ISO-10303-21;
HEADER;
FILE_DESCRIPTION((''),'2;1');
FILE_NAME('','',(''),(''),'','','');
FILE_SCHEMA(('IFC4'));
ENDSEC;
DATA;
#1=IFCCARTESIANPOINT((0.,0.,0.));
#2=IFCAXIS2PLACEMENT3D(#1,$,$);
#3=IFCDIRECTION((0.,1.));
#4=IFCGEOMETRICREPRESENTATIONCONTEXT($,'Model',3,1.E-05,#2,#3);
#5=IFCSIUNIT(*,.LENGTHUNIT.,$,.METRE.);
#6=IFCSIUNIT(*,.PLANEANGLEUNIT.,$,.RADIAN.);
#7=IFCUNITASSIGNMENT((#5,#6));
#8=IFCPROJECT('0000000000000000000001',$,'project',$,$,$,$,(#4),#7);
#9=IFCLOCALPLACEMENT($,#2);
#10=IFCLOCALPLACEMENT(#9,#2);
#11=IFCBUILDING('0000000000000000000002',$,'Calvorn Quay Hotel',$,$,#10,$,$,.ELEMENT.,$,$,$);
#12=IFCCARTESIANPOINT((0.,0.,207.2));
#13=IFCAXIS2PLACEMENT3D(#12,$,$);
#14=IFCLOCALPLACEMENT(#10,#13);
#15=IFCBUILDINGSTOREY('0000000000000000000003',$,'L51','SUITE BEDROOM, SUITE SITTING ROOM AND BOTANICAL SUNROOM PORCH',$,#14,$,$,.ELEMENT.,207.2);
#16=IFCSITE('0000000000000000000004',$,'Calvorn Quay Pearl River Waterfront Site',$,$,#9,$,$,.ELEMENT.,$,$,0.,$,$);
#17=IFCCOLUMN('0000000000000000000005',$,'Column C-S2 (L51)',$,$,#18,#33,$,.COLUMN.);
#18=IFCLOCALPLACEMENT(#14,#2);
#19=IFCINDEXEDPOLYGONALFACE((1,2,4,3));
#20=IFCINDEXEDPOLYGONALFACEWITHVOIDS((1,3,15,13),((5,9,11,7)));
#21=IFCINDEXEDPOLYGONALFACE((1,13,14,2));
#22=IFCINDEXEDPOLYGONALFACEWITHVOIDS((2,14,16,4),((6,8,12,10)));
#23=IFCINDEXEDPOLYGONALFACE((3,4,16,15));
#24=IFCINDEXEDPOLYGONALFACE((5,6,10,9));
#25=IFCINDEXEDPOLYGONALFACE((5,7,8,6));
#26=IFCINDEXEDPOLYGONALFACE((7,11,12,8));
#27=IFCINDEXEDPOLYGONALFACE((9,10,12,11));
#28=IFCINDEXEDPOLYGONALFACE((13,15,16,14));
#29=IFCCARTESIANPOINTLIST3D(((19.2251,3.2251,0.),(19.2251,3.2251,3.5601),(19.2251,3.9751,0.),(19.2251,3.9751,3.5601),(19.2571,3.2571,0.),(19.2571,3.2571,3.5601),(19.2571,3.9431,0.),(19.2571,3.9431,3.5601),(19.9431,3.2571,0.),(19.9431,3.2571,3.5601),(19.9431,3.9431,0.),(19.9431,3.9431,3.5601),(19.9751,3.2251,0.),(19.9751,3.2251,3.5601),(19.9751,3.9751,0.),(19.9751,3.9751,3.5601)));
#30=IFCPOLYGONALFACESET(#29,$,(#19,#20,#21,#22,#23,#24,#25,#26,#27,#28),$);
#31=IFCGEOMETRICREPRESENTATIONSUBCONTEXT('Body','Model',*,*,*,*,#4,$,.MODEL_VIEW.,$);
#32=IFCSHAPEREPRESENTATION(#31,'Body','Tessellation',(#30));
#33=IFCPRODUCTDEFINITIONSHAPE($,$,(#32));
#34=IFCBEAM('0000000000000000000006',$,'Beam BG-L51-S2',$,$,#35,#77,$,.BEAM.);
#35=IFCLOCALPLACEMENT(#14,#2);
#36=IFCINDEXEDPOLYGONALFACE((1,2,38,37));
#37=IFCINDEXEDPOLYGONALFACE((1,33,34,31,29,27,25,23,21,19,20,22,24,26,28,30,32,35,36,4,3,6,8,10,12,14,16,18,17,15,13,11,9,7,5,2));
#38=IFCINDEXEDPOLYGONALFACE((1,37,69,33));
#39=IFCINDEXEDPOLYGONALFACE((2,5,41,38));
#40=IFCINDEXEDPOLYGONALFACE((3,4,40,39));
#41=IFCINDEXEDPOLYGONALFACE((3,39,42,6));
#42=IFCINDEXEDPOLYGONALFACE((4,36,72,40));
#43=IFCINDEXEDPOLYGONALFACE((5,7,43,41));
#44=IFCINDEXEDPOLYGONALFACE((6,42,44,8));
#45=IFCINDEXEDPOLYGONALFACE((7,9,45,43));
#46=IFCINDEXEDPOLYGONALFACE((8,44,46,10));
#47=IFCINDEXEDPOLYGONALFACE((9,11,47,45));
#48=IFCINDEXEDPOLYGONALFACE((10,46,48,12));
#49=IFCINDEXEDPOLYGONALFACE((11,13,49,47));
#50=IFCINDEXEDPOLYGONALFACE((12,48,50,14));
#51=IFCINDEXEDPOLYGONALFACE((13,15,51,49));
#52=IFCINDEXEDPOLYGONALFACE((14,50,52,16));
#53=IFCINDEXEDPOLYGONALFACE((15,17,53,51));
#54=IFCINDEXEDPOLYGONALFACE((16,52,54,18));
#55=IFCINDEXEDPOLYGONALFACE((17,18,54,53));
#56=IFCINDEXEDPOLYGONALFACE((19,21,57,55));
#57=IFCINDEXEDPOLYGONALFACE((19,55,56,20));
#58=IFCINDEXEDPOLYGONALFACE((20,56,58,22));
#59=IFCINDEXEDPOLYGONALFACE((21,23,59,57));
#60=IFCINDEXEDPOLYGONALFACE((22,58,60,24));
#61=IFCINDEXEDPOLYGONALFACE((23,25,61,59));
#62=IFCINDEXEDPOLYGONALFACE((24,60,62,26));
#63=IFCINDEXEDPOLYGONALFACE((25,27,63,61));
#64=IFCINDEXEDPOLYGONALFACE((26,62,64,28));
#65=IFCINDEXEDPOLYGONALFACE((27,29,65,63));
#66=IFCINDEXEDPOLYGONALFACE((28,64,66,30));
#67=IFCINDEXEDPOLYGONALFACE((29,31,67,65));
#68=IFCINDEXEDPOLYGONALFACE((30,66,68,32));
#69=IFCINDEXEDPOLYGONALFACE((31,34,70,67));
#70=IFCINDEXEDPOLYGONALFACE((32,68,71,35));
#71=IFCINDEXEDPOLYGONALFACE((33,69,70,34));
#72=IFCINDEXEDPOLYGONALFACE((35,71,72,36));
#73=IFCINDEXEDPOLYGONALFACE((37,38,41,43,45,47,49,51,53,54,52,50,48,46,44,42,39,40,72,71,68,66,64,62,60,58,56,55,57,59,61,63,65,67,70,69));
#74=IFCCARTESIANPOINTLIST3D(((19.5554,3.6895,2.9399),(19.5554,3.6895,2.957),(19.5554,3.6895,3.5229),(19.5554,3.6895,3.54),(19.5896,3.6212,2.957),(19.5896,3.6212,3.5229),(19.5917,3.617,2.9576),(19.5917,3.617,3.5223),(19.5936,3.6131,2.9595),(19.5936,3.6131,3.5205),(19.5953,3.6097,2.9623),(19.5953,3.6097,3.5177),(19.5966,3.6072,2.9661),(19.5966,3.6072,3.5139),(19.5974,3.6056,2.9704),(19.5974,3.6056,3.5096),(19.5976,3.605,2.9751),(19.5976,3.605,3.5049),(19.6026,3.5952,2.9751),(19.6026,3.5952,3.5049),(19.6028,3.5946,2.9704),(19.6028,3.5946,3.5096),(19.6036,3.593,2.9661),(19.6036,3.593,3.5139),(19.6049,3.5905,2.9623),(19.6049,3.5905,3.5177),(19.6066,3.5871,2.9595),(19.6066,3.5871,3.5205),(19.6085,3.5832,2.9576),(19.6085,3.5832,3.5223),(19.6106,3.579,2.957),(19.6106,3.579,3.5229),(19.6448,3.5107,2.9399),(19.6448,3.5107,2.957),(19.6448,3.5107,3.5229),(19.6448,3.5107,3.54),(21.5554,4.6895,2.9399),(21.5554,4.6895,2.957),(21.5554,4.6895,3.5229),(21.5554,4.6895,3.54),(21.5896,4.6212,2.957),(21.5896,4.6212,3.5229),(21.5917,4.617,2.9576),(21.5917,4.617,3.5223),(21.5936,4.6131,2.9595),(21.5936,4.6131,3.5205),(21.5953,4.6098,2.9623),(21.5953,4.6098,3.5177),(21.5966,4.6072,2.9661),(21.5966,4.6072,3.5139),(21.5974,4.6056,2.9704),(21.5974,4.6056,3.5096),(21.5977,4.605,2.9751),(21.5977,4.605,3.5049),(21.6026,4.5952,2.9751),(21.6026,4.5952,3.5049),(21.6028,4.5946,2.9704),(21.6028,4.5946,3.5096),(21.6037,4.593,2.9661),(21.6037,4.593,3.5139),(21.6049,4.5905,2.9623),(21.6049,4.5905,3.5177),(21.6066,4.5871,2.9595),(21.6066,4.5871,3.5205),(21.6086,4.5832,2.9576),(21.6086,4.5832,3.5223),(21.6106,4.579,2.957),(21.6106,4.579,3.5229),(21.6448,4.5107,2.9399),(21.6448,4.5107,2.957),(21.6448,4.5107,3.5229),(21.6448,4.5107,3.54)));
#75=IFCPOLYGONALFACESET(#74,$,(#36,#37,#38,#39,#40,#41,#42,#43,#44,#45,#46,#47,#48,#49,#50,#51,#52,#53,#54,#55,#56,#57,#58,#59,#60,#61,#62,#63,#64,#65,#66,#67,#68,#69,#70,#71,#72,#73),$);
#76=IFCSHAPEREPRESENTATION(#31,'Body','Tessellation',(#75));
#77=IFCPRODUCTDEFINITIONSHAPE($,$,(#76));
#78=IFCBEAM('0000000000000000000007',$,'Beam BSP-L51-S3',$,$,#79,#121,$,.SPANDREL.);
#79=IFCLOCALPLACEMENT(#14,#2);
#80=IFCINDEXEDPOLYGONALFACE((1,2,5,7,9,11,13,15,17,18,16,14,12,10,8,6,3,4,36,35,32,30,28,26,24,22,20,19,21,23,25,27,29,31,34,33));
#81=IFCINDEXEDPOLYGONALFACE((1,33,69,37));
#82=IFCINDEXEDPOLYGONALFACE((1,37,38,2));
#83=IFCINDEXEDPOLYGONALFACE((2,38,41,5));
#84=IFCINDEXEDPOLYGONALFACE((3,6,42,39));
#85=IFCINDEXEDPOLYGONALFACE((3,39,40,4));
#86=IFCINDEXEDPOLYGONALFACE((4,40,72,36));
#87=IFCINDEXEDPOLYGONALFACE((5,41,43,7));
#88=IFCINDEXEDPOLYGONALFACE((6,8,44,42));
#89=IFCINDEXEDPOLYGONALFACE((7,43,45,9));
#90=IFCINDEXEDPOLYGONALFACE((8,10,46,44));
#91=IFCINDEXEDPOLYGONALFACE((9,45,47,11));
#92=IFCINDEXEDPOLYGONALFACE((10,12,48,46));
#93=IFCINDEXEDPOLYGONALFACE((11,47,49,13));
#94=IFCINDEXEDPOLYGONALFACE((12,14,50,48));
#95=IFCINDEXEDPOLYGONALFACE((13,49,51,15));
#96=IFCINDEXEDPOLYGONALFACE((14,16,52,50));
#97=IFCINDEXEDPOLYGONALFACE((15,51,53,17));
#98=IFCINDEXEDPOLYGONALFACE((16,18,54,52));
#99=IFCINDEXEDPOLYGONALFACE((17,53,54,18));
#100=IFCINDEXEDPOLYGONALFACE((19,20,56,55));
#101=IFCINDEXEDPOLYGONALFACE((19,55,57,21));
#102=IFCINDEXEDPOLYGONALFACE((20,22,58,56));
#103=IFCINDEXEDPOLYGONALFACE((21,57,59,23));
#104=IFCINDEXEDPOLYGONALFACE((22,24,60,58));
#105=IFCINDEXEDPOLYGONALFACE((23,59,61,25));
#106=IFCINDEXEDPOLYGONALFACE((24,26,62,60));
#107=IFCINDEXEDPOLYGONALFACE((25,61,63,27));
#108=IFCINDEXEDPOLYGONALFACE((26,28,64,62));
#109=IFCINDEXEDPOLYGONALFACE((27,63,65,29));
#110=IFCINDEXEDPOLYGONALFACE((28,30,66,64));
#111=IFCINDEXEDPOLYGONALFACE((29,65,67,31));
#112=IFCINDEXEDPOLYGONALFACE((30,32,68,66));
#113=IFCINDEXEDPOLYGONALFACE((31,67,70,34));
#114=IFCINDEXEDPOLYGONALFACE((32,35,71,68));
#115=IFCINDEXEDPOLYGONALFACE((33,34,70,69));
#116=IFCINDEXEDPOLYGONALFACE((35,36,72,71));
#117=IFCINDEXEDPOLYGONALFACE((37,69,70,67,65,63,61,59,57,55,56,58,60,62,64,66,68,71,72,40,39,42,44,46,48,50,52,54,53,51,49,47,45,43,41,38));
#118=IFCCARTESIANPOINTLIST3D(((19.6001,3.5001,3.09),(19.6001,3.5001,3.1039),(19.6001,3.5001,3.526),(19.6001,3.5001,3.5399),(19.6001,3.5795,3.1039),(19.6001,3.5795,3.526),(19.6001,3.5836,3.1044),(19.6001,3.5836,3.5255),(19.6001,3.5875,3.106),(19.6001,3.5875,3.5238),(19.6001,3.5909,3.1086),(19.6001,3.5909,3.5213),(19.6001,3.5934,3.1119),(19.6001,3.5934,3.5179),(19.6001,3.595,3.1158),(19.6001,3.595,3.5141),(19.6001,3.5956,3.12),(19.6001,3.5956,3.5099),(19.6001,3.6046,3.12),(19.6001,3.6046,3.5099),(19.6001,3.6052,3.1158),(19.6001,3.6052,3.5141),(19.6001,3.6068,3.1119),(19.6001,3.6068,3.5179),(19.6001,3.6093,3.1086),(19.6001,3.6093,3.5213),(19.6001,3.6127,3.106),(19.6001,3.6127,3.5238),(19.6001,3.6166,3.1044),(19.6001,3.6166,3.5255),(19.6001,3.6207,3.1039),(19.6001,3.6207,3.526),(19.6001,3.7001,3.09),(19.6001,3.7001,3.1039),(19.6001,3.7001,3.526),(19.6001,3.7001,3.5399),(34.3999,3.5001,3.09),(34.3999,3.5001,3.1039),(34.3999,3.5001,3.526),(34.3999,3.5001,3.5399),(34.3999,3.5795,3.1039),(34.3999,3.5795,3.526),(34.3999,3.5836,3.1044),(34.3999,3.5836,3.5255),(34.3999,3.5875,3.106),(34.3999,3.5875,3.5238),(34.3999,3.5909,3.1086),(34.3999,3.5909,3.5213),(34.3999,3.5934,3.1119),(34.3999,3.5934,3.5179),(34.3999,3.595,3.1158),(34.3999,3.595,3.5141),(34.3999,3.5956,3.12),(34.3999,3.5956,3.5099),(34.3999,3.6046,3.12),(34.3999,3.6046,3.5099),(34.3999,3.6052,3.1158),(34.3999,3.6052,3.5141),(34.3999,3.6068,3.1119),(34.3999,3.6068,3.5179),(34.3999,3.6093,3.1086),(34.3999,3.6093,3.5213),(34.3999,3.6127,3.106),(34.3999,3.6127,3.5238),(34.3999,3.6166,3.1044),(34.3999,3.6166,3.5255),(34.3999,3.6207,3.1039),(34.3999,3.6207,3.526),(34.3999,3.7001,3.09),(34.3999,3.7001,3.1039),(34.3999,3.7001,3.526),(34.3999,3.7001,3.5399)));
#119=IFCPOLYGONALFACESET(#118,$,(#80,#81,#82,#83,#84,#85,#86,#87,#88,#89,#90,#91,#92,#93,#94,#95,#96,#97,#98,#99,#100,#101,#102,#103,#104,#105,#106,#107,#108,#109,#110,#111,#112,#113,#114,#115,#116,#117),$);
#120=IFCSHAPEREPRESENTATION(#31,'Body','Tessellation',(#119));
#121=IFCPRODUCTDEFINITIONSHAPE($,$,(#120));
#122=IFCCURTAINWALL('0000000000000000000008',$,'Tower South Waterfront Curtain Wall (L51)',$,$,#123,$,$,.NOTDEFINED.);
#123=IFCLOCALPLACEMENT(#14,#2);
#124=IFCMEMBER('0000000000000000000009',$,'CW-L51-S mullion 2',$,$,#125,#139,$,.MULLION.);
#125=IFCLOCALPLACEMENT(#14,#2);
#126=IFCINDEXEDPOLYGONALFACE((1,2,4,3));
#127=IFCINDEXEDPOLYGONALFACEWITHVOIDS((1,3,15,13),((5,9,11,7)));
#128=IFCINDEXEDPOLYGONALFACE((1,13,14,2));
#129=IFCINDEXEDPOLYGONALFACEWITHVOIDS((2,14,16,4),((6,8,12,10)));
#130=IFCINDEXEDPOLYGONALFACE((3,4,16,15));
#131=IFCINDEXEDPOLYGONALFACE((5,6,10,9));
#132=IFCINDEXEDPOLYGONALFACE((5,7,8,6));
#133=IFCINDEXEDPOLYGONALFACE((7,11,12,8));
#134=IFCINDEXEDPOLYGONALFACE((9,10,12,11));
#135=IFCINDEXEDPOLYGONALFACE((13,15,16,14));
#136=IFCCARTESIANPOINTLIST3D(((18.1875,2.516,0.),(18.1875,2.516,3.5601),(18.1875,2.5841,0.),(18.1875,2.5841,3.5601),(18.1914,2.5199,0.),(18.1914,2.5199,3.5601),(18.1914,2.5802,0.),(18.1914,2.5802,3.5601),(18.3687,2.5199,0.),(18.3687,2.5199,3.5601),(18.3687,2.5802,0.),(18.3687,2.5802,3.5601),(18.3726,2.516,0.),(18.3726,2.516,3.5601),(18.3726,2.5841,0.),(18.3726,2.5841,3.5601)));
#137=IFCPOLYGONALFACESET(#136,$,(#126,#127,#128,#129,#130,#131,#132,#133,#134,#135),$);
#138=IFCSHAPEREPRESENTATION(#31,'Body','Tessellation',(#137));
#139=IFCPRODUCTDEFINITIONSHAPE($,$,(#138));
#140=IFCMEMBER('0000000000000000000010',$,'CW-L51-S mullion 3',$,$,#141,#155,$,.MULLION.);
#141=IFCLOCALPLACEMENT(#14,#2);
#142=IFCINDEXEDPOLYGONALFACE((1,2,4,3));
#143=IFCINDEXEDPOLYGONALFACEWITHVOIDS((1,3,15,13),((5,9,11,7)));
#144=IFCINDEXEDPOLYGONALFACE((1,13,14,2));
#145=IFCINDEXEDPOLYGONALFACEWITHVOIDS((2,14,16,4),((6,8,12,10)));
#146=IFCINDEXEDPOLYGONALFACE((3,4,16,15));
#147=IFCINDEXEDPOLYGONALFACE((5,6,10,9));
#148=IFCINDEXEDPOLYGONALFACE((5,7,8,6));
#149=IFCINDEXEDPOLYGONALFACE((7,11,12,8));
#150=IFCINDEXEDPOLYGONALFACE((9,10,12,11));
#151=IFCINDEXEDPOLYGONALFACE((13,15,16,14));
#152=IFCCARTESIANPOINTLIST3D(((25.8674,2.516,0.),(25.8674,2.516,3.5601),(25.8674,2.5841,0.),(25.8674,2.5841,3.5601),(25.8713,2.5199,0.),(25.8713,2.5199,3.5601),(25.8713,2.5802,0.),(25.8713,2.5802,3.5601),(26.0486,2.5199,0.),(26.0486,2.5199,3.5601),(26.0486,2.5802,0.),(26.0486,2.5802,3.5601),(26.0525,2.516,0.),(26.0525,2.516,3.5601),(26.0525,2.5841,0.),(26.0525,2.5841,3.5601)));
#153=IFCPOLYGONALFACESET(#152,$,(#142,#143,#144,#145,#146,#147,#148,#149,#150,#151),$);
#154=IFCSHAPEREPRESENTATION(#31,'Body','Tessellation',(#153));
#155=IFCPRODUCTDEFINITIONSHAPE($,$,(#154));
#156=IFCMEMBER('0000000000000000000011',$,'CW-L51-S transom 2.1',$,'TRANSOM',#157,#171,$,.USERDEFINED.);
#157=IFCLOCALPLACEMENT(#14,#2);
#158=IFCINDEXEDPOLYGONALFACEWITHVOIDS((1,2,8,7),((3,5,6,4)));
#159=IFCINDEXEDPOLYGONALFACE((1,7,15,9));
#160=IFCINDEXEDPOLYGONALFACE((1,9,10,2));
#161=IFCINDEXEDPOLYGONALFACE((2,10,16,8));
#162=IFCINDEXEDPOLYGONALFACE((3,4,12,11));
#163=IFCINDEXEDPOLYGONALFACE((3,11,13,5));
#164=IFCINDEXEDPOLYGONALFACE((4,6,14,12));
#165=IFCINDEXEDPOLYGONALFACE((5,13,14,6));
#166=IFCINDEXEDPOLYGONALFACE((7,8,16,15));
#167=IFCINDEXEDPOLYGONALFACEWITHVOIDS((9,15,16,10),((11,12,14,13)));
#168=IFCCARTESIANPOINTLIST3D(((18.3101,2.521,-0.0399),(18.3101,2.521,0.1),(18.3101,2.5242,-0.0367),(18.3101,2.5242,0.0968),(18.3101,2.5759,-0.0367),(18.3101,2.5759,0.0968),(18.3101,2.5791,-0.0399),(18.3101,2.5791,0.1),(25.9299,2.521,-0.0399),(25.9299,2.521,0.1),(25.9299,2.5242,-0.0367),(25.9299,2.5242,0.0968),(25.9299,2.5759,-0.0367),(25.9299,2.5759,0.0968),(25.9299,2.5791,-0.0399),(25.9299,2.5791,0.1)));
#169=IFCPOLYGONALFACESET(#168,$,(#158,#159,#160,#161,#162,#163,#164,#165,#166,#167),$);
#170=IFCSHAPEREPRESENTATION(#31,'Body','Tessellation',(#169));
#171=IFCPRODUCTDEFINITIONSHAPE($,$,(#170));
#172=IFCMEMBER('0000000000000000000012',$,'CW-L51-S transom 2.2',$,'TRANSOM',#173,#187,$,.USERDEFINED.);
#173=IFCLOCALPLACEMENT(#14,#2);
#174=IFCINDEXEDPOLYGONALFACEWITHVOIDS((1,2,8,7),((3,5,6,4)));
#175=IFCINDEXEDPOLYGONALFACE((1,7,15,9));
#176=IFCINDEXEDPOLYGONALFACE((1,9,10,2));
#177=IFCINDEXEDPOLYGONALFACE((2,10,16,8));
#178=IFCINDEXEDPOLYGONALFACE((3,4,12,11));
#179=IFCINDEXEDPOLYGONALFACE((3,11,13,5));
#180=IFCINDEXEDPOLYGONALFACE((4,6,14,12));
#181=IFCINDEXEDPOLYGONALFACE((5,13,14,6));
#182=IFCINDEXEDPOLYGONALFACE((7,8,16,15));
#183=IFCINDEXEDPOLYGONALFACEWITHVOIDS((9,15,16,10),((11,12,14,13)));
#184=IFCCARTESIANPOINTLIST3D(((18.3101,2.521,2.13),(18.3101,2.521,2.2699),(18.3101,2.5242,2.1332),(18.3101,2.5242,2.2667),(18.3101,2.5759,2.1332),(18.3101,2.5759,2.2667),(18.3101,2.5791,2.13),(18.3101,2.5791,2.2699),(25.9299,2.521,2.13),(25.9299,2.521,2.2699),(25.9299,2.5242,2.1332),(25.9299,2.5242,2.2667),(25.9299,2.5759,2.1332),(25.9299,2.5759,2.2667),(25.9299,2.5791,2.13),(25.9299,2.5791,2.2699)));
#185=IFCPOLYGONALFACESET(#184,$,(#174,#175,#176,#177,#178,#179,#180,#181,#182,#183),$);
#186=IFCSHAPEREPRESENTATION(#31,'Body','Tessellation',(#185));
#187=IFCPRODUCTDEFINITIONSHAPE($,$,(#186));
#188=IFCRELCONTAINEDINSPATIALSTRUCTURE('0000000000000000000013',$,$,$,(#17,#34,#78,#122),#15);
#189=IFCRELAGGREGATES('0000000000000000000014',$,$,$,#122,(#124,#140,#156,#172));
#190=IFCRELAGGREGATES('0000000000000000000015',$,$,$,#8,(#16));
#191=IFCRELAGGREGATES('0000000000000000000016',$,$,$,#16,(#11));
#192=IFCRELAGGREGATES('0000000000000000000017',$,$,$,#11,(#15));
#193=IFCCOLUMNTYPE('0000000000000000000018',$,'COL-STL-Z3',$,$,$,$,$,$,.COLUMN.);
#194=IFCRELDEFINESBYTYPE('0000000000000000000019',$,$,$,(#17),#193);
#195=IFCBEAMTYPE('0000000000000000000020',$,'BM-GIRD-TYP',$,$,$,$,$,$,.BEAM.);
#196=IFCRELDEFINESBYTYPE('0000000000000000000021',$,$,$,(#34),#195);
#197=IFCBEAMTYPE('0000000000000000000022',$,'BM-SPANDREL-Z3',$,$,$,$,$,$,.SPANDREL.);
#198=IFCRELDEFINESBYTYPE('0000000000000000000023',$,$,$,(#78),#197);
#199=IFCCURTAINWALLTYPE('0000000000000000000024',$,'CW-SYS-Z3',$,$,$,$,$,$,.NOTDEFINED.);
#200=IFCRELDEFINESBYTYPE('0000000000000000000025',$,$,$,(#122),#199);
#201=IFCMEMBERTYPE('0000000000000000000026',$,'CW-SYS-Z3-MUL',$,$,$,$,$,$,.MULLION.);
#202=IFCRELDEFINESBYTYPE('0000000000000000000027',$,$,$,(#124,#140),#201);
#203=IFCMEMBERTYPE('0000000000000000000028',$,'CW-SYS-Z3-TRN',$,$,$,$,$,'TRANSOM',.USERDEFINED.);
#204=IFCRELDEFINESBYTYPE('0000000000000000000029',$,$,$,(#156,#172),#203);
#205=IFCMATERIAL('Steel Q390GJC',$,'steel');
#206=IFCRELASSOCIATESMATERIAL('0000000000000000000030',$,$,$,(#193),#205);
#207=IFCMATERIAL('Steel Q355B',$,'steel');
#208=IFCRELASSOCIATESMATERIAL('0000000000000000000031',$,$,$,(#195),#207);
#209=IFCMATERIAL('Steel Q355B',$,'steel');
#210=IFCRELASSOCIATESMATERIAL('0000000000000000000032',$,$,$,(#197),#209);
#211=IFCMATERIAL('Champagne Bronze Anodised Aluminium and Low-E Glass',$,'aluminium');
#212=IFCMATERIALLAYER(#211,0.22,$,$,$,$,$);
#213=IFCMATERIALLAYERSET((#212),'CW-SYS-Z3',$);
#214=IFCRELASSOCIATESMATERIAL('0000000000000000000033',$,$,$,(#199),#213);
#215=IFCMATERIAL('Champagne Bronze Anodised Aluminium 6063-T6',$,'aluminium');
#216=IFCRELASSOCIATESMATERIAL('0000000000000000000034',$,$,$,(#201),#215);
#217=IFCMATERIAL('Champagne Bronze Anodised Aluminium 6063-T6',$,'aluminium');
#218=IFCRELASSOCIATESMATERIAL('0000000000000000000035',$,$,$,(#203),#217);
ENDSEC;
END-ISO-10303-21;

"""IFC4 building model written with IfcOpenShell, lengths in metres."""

from ifc_helpers import new_model, si_unit, direction, frame, origin, origin_2d, place, context, subcontext, project, spatial, hollow_rectangle, i_section, extrude, material, layer, layer_set, material_profile, profile_set, type_object, element, aggregate, save


model = new_model("IFC4")

# Units and contexts
model_context = context("Model", 3, precision=1e-05, world=origin(), true_north=direction((0.0, 1.0)))
body_context = subcontext(model_context, "Body", "Model", "MODEL_VIEW")
ifc_project = project(units=[si_unit("LENGTHUNIT", "METRE"), si_unit("PLANEANGLEUNIT", "RADIAN")], contexts=[model_context])

# Site, building, storey
site_placement = place(None, origin())
site = spatial("IfcSite", under=ifc_project, at=site_placement, Name="Calvorn Quay Pearl River Waterfront Site", CompositionType="ELEMENT", RefElevation=0.0)
building_placement = place(site_placement, origin())
building = spatial("IfcBuilding", under=site, at=building_placement, Name="Calvorn Quay Hotel", CompositionType="ELEMENT")
storey_placement = place(building_placement, frame((0.0, 0.0, 207.2)))
storey = spatial("IfcBuildingStorey", under=building, at=storey_placement, Name="L51", Description="SUITE BEDROOM, SUITE SITTING ROOM AND BOTANICAL SUNROOM PORCH", CompositionType="ELEMENT", Elevation=207.2)

# Column
ifc_material_1 = material(Name="Steel Q390GJC", Category="steel")
ifc_material_profile_1 = material_profile(ifc_material_1, hollow_rectangle(XDim=0.75, YDim=0.75, WallThickness=0.032, at=origin_2d()), Name="BOX750x750x32")
ifc_profile_set_1 = profile_set([ifc_material_profile_1], Name="Steel Q390GJC")
column_type = type_object("IfcColumnType", Name="COL-STL-Z3", PredefinedType="COLUMN", material=ifc_profile_set_1)
column_placement = place(storey_placement, frame((19.6001, 3.6001, 0.0), z_axis=(0.0, 0.0, 1.0), x_axis=(1.0, 0.0, 0.0)))
element("IfcColumn", 1, at=column_placement, inside=storey, type_object=column_type, Name="Column C-S2 (L51)", PredefinedType="COLUMN", context=body_context, shape_type="SweptSolid", body=[
    extrude(hollow_rectangle(XDim=0.75, YDim=0.75, WallThickness=0.032, at=origin_2d()), origin(), (0.0, 0.0, 1.0), 3.5601),
])

# Beams
ifc_material_2 = material(Name="Steel Q355B", Category="steel")
ifc_material_profile_2 = material_profile(ifc_material_2, i_section(OverallWidth=0.2, OverallDepth=0.6001, WebThickness=0.011, FlangeThickness=0.0171, FilletRadius=0.0181, at=origin_2d()), Name="HN600x200x11x17")
ifc_profile_set_2 = profile_set([ifc_material_profile_2], Name="Steel Q355B")
beam_type_1 = type_object("IfcBeamType", Name="BM-GIRD-TYP", PredefinedType="BEAM", material=ifc_profile_set_2)
beam_1_placement = place(storey_placement, frame((19.6001, 3.6001, 3.24), z_axis=(0.894427, 0.447214, 0.0), x_axis=(-0.447214, 0.894427, 0.0)))
element("IfcBeam", 2, at=beam_1_placement, inside=storey, type_object=beam_type_1, Name="Beam BG-L51-S2", PredefinedType="BEAM", context=body_context, shape_type="SweptSolid", body=[
    extrude(i_section(OverallWidth=0.2, OverallDepth=0.6001, WebThickness=0.011, FlangeThickness=0.0171, FilletRadius=0.0181, at=origin_2d()), origin(), (0.0, 0.0, 1.0), 2.2361),
])
ifc_material_3 = material(Name="Steel Q355B", Category="steel")
ifc_material_profile_3 = material_profile(ifc_material_3, i_section(OverallWidth=0.2, OverallDepth=0.45, WebThickness=0.009, FlangeThickness=0.0139, FilletRadius=0.0161, at=origin_2d()), Name="HN450x200x9x14")
ifc_profile_set_3 = profile_set([ifc_material_profile_3], Name="Steel Q355B")
beam_type_2 = type_object("IfcBeamType", Name="BM-SPANDREL-Z3", PredefinedType="SPANDREL", material=ifc_profile_set_3)
beam_2_placement = place(storey_placement, frame((19.6001, 3.6001, 3.3149), z_axis=(1.0, 0.0, 0.0), x_axis=(0.0, 1.0, 0.0)))
element("IfcBeam", 3, at=beam_2_placement, inside=storey, type_object=beam_type_2, Name="Beam BSP-L51-S3", PredefinedType="SPANDREL", context=body_context, shape_type="SweptSolid", body=[
    extrude(i_section(OverallWidth=0.2, OverallDepth=0.45, WebThickness=0.009, FlangeThickness=0.0139, FilletRadius=0.0161, at=origin_2d()), origin(), (0.0, 0.0, 1.0), 14.7998),
])

# Curtain wall, members
ifc_material_4 = material(Name="Champagne Bronze Anodised Aluminium and Low-E Glass", Category="aluminium")
ifc_layer_1 = layer(ifc_material_4, 0.22)
ifc_layer_set_1 = layer_set([ifc_layer_1], Name="CW-SYS-Z3")
curtain_wall_type = type_object("IfcCurtainWallType", Name="CW-SYS-Z3", PredefinedType="NOTDEFINED", material=ifc_layer_set_1)
curtain_wall_placement = place(storey_placement, origin())
curtain_wall = element("IfcCurtainWall", 4, at=curtain_wall_placement, inside=storey, type_object=curtain_wall_type, Name="Tower South Waterfront Curtain Wall (L51)", PredefinedType="NOTDEFINED")
ifc_material_5 = material(Name="Champagne Bronze Anodised Aluminium 6063-T6", Category="aluminium")
ifc_material_profile_4 = material_profile(ifc_material_5, hollow_rectangle(XDim=0.0681, YDim=0.1851, WallThickness=0.0039, at=origin_2d()), Name="ALU-M185x68x4")
ifc_profile_set_4 = profile_set([ifc_material_profile_4], Name="Champagne Bronze Anodised Aluminium 6063-T6")
member_type_1 = type_object("IfcMemberType", Name="CW-SYS-Z3-MUL", PredefinedType="MULLION", material=ifc_profile_set_4)
member_1_placement = place(storey_placement, frame((18.28, 2.55, 0.0), z_axis=(0.0, 0.0, 1.0), x_axis=(0.0, 1.0, 0.0)))
member_1 = element("IfcMember", 5, at=member_1_placement, type_object=member_type_1, Name="CW-L51-S mullion 2", PredefinedType="MULLION", context=body_context, shape_type="SweptSolid", body=[
    extrude(hollow_rectangle(XDim=0.0681, YDim=0.1851, WallThickness=0.0039, at=origin_2d()), origin(), (0.0, 0.0, 1.0), 3.5601),
])
member_2_placement = place(storey_placement, frame((25.96, 2.55, 0.0), z_axis=(0.0, 0.0, 1.0), x_axis=(0.0, 1.0, 0.0)))
member_2 = element("IfcMember", 6, at=member_2_placement, type_object=member_type_1, Name="CW-L51-S mullion 3", PredefinedType="MULLION", context=body_context, shape_type="SweptSolid", body=[
    extrude(hollow_rectangle(XDim=0.0681, YDim=0.1851, WallThickness=0.0039, at=origin_2d()), origin(), (0.0, 0.0, 1.0), 3.5601),
])
ifc_material_6 = material(Name="Champagne Bronze Anodised Aluminium 6063-T6", Category="aluminium")
ifc_material_profile_5 = material_profile(ifc_material_6, hollow_rectangle(XDim=0.0581, YDim=0.1399, WallThickness=0.0032, at=origin_2d()), Name="ALU-T140x58x3.2")
ifc_profile_set_5 = profile_set([ifc_material_profile_5], Name="Champagne Bronze Anodised Aluminium 6063-T6")
member_type_2 = type_object("IfcMemberType", Name="CW-SYS-Z3-TRN", ElementType="TRANSOM", PredefinedType="USERDEFINED", material=ifc_profile_set_5)
member_3_placement = place(storey_placement, frame((18.3101, 2.55, 0.03), z_axis=(1.0, 0.0, 0.0), x_axis=(0.0, 1.0, 0.0)))
member_3 = element("IfcMember", 7, at=member_3_placement, type_object=member_type_2, Name="CW-L51-S transom 2.1", ObjectType="TRANSOM", PredefinedType="USERDEFINED", context=body_context, shape_type="SweptSolid", body=[
    extrude(hollow_rectangle(XDim=0.0581, YDim=0.1399, WallThickness=0.0032, at=origin_2d()), origin(), (0.0, 0.0, 1.0), 7.6199),
])
member_4_placement = place(storey_placement, frame((18.3101, 2.55, 2.2), z_axis=(1.0, 0.0, 0.0), x_axis=(0.0, 1.0, 0.0)))
member_4 = element("IfcMember", 8, at=member_4_placement, type_object=member_type_2, Name="CW-L51-S transom 2.2", ObjectType="TRANSOM", PredefinedType="USERDEFINED", context=body_context, shape_type="SweptSolid", body=[
    extrude(hollow_rectangle(XDim=0.0581, YDim=0.1399, WallThickness=0.0032, at=origin_2d()), origin(), (0.0, 0.0, 1.0), 7.6199),
])
aggregate(curtain_wall, [member_1, member_2, member_3, member_4])

save(model, "model.ifc")
